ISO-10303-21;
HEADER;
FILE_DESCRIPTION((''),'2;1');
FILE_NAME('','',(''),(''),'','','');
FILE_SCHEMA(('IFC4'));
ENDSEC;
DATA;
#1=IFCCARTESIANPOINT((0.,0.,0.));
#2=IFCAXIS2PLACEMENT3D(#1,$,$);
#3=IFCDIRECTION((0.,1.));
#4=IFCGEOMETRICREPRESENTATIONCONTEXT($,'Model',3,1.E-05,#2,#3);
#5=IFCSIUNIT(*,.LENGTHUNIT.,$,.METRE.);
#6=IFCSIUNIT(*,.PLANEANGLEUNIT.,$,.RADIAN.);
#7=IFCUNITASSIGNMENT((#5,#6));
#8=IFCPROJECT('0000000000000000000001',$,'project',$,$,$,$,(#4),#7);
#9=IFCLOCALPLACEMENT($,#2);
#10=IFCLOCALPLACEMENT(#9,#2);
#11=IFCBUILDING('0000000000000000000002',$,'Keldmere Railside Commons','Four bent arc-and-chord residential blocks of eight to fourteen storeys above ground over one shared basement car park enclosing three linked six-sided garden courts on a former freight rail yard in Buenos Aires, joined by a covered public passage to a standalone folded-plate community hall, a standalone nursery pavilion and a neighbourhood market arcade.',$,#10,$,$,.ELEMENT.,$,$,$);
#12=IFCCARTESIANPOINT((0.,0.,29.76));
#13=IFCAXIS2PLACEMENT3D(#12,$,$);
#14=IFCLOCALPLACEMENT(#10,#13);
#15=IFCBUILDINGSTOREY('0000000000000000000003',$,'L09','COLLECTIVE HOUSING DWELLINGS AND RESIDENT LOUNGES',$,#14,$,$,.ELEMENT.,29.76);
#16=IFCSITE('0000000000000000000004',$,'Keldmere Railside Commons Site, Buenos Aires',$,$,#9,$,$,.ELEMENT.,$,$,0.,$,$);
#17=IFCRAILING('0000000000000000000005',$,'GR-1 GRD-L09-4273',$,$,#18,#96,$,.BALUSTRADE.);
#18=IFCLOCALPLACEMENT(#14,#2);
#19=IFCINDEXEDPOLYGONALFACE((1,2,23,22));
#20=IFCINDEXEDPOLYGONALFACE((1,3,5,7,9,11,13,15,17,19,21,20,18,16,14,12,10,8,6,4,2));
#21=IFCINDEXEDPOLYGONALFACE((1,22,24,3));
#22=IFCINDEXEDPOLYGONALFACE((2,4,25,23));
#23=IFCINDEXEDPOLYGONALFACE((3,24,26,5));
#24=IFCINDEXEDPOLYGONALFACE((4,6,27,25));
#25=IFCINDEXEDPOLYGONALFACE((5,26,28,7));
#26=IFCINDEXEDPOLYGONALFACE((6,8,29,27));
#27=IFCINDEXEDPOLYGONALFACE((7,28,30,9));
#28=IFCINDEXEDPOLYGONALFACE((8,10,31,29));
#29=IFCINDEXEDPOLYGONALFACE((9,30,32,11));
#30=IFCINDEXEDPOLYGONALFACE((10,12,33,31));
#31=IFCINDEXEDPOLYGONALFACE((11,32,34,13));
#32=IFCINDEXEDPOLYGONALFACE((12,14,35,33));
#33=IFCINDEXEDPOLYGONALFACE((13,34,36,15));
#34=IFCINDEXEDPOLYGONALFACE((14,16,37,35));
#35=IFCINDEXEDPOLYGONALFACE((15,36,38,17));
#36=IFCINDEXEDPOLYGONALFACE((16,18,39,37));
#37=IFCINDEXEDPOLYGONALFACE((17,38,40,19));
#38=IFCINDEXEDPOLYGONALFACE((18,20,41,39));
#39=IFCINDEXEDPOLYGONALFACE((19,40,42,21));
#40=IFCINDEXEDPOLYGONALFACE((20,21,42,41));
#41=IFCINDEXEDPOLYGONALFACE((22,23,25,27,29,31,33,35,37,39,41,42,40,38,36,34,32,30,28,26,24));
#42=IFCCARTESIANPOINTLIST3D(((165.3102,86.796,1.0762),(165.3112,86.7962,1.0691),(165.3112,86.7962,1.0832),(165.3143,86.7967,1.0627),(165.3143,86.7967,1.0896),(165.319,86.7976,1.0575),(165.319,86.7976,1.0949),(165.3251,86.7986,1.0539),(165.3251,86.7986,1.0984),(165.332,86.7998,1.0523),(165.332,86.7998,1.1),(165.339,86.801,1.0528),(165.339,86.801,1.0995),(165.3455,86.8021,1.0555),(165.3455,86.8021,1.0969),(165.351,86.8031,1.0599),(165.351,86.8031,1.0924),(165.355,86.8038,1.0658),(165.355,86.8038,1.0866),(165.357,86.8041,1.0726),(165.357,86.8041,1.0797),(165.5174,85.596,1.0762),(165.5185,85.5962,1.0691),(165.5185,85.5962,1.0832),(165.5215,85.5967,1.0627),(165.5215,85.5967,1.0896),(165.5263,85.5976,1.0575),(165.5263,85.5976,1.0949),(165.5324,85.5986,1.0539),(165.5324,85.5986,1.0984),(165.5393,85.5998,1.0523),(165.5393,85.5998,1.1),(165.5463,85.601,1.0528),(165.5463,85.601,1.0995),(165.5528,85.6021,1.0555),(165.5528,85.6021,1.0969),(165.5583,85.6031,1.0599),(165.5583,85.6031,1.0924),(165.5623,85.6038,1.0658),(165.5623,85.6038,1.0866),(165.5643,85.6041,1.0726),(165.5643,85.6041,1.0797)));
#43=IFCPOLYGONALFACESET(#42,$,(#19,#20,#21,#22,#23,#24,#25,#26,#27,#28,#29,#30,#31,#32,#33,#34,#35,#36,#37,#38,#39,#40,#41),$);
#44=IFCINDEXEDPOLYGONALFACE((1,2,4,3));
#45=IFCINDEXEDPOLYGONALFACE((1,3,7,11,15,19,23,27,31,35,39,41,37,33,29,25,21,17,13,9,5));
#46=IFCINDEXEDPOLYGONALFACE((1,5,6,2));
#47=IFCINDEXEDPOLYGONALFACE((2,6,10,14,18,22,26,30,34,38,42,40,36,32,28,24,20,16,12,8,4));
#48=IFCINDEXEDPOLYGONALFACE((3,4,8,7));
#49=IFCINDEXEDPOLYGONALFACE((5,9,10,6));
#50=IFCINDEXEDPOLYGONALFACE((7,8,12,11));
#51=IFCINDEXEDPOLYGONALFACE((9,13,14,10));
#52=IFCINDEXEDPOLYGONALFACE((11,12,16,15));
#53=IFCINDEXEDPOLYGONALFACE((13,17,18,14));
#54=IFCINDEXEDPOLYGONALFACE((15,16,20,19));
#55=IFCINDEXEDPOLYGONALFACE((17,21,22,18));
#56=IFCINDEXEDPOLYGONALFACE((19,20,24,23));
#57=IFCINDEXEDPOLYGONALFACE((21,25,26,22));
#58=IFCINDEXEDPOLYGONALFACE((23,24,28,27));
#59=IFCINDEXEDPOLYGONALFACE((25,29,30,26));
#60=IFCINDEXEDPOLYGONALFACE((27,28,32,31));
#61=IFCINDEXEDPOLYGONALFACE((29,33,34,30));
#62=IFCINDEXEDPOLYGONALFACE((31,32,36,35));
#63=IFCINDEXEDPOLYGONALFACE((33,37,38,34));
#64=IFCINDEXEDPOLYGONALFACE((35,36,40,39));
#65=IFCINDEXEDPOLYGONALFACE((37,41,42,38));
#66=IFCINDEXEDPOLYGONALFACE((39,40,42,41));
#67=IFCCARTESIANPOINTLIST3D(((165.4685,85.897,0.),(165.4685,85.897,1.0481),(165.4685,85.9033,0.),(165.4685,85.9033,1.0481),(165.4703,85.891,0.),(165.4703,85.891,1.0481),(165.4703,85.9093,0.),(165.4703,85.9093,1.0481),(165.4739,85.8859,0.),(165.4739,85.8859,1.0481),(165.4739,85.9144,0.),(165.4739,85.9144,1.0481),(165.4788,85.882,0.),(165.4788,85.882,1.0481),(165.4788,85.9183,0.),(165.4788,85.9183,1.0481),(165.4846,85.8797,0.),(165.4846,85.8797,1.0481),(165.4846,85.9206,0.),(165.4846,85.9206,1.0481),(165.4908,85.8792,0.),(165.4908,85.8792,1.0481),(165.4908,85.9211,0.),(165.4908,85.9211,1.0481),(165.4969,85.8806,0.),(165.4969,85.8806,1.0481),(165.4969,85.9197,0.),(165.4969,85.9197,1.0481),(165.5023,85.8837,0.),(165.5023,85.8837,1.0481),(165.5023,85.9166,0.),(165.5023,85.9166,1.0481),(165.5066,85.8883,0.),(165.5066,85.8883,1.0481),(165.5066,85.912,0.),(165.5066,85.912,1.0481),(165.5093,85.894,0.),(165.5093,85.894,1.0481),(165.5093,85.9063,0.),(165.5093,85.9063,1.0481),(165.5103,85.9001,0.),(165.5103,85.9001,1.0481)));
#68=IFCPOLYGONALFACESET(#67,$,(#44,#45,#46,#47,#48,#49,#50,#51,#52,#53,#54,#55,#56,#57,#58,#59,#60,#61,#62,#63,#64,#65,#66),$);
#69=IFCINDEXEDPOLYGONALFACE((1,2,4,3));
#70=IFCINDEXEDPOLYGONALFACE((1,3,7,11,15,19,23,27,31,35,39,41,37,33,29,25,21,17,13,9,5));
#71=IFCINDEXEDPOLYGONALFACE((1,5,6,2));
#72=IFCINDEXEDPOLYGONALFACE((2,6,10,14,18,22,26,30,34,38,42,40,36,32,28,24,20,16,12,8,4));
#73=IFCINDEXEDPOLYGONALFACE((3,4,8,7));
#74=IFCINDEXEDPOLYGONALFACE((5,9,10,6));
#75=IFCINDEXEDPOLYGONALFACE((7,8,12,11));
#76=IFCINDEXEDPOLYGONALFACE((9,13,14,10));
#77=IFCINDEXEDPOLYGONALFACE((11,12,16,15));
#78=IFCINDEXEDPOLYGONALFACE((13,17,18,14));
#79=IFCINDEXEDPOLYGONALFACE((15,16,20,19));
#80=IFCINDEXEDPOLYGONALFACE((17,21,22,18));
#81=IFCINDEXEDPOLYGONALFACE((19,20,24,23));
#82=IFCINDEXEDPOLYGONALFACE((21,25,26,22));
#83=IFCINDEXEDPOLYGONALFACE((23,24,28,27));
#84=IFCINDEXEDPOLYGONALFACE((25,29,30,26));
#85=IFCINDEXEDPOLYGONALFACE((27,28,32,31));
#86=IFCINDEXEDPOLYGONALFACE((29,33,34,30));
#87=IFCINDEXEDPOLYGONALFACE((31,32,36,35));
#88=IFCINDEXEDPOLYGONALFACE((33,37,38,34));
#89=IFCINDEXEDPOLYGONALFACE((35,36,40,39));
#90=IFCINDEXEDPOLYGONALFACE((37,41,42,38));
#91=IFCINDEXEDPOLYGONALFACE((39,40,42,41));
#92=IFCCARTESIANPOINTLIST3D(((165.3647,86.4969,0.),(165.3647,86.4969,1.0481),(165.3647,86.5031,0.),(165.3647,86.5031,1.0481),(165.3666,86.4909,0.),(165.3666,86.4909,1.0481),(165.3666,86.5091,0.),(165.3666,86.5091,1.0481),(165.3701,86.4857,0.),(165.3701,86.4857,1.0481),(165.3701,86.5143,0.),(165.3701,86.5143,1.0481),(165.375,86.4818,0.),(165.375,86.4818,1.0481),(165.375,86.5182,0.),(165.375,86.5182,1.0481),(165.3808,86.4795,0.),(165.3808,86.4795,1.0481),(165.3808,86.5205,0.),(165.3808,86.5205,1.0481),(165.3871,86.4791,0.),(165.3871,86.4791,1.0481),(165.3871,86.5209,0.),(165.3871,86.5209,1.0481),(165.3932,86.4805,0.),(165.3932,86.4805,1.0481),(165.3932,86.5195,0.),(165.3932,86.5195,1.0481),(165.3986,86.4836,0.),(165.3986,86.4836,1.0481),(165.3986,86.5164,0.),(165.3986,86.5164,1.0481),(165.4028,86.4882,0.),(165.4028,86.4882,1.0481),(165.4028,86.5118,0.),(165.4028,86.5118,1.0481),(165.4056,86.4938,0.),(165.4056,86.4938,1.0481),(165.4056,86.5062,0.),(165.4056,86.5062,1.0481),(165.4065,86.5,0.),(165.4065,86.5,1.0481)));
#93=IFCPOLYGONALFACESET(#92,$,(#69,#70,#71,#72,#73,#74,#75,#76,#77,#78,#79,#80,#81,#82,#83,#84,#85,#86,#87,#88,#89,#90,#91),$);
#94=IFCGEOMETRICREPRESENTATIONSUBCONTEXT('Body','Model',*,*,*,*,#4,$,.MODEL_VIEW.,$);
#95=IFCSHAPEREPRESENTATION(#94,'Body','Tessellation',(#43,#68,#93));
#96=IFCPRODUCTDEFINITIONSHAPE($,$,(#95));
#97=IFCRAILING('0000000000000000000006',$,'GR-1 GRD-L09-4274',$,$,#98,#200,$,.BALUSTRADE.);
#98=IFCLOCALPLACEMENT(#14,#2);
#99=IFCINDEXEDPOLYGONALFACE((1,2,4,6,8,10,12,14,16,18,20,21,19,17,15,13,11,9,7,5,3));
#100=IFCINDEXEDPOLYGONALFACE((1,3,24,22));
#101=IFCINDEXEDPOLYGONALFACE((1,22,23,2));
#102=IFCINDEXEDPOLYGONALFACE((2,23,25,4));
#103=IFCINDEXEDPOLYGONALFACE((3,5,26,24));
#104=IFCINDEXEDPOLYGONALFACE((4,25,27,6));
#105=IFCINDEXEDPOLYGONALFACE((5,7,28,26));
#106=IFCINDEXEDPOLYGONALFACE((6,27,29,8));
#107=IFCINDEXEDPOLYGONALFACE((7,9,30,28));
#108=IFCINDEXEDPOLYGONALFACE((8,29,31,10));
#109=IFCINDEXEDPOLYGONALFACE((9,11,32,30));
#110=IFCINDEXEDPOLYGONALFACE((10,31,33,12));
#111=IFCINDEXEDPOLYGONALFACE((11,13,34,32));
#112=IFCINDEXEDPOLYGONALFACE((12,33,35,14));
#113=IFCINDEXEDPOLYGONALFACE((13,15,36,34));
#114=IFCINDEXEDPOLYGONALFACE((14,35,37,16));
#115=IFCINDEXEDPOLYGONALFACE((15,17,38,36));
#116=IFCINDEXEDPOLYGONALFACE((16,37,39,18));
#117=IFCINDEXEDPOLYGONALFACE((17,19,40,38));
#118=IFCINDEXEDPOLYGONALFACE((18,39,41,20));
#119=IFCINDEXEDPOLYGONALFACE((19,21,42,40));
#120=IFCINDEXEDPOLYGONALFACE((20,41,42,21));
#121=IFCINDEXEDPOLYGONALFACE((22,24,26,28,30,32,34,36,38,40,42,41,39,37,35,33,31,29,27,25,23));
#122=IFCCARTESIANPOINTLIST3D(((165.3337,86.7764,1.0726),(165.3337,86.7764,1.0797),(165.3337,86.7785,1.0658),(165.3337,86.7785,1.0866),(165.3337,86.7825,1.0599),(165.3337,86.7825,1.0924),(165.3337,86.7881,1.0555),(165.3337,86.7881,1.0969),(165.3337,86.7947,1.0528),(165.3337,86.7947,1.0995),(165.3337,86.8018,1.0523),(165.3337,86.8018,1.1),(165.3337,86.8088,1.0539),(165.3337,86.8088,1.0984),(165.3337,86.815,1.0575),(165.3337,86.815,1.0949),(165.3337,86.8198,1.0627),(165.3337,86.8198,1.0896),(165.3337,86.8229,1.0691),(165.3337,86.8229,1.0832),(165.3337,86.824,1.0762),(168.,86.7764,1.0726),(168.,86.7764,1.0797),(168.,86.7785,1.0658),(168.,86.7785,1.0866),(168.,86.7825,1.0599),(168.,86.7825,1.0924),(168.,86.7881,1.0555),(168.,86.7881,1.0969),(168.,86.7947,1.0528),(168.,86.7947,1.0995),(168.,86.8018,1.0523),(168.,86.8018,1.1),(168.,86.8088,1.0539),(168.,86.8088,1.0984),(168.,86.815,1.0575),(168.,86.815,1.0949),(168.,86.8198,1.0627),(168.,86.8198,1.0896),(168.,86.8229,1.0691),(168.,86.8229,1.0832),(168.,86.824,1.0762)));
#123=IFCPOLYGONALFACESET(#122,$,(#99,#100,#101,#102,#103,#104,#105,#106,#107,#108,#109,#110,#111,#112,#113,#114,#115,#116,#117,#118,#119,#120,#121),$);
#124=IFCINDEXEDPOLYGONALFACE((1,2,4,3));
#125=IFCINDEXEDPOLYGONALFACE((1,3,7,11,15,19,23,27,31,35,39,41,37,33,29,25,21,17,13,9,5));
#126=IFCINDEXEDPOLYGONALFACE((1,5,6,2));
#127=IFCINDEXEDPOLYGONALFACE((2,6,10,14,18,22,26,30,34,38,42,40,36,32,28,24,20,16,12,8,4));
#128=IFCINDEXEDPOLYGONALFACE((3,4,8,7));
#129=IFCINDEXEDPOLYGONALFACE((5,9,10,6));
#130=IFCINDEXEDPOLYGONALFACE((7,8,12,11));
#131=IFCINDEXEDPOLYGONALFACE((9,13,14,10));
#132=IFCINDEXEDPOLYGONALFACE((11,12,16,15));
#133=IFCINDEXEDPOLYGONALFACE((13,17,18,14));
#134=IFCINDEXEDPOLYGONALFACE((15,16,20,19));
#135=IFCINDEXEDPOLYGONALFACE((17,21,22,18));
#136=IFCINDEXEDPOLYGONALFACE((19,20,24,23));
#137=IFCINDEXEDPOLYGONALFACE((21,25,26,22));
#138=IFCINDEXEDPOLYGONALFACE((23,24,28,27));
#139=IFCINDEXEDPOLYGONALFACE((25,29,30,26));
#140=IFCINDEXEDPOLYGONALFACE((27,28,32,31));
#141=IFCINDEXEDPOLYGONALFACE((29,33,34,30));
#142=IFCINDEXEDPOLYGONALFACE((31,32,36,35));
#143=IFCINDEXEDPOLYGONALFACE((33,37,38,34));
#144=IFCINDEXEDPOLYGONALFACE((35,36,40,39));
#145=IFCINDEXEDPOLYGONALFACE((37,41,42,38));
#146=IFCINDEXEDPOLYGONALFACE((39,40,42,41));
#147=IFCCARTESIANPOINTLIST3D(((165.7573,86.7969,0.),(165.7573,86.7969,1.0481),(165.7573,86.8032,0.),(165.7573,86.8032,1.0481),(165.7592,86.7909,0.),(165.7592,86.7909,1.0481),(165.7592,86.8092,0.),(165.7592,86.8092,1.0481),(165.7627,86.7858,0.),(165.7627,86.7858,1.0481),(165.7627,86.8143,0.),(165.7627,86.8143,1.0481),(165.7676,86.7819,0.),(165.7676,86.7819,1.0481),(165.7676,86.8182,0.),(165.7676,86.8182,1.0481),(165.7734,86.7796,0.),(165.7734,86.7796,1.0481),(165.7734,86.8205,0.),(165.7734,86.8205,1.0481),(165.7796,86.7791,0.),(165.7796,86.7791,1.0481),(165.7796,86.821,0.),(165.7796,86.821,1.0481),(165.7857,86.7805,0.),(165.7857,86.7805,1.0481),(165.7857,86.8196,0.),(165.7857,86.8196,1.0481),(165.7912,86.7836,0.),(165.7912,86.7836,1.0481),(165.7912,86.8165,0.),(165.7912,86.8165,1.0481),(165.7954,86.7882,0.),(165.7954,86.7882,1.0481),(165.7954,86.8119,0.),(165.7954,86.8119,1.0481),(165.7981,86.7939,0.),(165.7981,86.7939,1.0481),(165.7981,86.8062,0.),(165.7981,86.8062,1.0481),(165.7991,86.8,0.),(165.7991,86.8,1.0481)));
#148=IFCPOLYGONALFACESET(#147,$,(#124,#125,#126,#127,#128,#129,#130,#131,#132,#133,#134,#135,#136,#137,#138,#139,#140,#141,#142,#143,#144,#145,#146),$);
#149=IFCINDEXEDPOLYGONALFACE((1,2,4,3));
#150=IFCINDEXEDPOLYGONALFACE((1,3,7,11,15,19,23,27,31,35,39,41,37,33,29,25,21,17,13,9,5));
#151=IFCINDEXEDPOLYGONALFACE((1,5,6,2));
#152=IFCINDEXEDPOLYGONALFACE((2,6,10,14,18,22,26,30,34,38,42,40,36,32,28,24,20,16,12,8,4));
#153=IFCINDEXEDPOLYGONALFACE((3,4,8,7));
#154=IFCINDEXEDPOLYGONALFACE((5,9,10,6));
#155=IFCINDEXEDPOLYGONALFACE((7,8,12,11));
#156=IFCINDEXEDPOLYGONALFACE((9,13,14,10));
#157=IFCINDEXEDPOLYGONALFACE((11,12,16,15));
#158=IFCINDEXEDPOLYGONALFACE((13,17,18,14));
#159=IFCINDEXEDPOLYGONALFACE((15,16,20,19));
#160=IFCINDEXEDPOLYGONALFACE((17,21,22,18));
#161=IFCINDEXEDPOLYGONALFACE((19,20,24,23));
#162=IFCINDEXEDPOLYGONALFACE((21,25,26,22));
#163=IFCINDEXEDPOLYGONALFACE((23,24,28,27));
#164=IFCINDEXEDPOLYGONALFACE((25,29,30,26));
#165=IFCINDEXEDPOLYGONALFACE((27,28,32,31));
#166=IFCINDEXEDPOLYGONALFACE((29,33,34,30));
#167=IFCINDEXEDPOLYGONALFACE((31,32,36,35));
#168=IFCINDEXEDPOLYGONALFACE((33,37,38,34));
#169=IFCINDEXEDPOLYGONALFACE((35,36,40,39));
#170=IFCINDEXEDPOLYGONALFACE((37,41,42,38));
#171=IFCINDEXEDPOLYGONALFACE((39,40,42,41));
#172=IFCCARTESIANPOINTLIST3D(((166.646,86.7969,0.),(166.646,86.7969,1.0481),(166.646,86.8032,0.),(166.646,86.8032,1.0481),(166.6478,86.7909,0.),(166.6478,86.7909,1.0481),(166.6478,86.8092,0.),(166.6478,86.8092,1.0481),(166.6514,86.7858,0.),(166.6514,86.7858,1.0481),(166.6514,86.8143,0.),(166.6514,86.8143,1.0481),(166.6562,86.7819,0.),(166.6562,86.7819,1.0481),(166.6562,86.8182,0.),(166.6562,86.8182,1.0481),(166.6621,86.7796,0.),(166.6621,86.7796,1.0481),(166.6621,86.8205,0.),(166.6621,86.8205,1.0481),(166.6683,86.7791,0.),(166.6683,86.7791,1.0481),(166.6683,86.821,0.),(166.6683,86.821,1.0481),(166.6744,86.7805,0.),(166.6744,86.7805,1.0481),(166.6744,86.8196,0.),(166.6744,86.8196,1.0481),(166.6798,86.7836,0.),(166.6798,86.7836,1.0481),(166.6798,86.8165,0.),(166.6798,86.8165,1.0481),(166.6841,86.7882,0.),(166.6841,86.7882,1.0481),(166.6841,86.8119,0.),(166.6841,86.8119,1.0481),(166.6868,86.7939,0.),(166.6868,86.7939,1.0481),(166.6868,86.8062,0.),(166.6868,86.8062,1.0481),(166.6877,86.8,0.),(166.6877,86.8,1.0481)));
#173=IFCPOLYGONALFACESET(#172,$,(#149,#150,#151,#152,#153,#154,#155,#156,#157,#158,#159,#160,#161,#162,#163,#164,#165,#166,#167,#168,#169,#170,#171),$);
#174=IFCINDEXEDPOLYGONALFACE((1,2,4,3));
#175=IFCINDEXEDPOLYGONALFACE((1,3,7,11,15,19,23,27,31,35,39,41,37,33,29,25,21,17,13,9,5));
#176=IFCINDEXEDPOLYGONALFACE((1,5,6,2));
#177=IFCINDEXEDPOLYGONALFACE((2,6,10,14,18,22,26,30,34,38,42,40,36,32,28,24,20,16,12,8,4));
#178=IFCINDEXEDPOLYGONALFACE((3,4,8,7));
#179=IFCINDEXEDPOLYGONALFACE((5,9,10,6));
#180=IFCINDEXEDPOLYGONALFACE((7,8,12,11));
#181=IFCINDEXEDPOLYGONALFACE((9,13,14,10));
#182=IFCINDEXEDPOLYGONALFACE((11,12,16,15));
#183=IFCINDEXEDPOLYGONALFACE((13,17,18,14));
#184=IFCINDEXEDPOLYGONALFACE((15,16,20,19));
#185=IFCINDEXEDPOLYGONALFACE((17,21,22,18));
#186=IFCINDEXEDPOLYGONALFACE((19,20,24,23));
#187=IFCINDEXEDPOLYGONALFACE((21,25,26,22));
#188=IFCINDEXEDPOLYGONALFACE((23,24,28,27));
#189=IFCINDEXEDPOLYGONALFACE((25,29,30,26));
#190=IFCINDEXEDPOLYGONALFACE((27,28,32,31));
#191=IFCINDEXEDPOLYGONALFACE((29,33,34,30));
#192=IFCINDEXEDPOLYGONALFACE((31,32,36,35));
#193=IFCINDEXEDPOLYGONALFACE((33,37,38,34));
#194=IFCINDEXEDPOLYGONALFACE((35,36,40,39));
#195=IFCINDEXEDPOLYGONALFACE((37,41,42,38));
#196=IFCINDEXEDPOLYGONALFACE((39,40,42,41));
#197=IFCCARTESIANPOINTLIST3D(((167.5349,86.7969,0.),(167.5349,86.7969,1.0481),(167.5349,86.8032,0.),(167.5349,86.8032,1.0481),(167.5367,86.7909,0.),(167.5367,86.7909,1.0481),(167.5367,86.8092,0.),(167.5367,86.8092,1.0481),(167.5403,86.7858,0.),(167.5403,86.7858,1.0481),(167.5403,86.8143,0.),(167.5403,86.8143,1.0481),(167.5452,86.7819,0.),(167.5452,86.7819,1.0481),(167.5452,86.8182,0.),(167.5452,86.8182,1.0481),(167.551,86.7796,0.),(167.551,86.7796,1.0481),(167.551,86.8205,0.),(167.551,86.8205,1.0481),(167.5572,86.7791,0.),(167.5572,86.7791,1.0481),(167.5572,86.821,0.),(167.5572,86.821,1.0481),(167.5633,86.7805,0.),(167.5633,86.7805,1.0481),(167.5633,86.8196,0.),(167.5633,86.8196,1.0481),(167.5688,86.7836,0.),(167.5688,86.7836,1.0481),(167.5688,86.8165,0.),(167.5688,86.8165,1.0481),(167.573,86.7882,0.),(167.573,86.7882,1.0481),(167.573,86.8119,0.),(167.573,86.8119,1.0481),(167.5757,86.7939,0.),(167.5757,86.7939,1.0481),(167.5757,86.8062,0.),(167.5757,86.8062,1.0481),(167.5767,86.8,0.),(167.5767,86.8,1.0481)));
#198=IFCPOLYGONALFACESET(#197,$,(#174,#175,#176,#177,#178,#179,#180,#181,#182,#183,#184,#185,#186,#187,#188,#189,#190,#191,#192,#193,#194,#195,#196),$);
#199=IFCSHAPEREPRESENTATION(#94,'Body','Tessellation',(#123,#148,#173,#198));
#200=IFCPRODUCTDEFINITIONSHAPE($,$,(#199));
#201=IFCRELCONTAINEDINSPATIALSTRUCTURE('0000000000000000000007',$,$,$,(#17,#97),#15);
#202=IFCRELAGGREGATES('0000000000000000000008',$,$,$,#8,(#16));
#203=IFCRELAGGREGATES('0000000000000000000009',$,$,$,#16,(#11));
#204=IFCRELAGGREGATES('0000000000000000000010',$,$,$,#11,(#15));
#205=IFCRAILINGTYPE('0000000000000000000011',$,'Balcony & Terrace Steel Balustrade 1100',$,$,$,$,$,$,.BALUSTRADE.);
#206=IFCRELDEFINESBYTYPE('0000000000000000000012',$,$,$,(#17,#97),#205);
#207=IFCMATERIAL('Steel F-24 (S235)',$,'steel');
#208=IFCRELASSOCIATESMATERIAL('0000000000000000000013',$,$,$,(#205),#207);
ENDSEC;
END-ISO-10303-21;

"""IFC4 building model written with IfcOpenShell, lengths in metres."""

from ifc_helpers import new_model, si_unit, direction, frame, origin, origin_2d, place, context, subcontext, project, spatial, circle, extrude, material, type_object, element, save


model = new_model("IFC4")

# Units and contexts
model_context = context("Model", 3, precision=1e-05, world=origin(), true_north=direction((0.0, 1.0)))
body_context = subcontext(model_context, "Body", "Model", "MODEL_VIEW")
ifc_project = project(units=[si_unit("LENGTHUNIT", "METRE"), si_unit("PLANEANGLEUNIT", "RADIAN")], contexts=[model_context])

# Site, building, storey
site_placement = place(None, origin())
site = spatial("IfcSite", under=ifc_project, at=site_placement, Name="Keldmere Railside Commons Site, Buenos Aires", CompositionType="ELEMENT", RefElevation=0.0)
building_placement = place(site_placement, origin())
building = spatial("IfcBuilding", under=site, at=building_placement, Name="Keldmere Railside Commons", Description="Four bent arc-and-chord residential blocks of eight to fourteen storeys above ground over one shared basement car park enclosing three linked six-sided garden courts on a former freight rail yard in Buenos Aires, joined by a covered public passage to a standalone folded-plate community hall, a standalone nursery pavilion and a neighbourhood market arcade.", CompositionType="ELEMENT")
storey_placement = place(building_placement, frame((0.0, 0.0, 29.76)))
storey = spatial("IfcBuildingStorey", under=building, at=storey_placement, Name="L09", Description="COLLECTIVE HOUSING DWELLINGS AND RESIDENT LOUNGES", CompositionType="ELEMENT", Elevation=29.76)

# Railings
ifc_material_1 = material(Name="Steel F-24 (S235)", Category="steel")
railing_type = type_object("IfcRailingType", Name="Balcony & Terrace Steel Balustrade 1100", PredefinedType="BALUSTRADE", material=ifc_material_1)
railing_1_placement = place(storey_placement, frame((165.541, 85.6001, 0.0)))
element("IfcRailing", 1, at=railing_1_placement, inside=storey, type_object=railing_type, Name="GR-1 GRD-L09-4273", PredefinedType="BALUSTRADE", context=body_context, shape_type="SweptSolid", body=[
    extrude(circle(Radius=0.0239, at=origin_2d()), frame((0.0, 0.0, 1.0762), z_axis=(-0.170216, 0.985407, 0.0), x_axis=(-0.985407, -0.170216, 0.0)), (0.0, 0.0, 1.0), 1.2178),
    extrude(circle(Radius=0.021, at=origin_2d()), frame((-0.0518, 0.3, 0.0)), (0.0, 0.0, 1.0), 1.0481),
    extrude(circle(Radius=0.021, at=origin_2d()), frame((-0.1555, 0.8999, 0.0)), (0.0, 0.0, 1.0), 1.0481),
])
railing_2_placement = place(storey_placement, frame((165.3337, 86.8, 0.0)))
element("IfcRailing", 2, at=railing_2_placement, inside=storey, type_object=railing_type, Name="GR-1 GRD-L09-4274", PredefinedType="BALUSTRADE", context=body_context, shape_type="SweptSolid", body=[
    extrude(circle(Radius=0.0239, at=origin_2d()), frame((0.0, 0.0, 1.0762), z_axis=(1.0, 0.0, 0.0), x_axis=(0.0, 1.0, 0.0)), (0.0, 0.0, 1.0), 2.6663),
    extrude(circle(Radius=0.021, at=origin_2d()), frame((0.4443, 0.0, 0.0)), (0.0, 0.0, 1.0), 1.0481),
    extrude(circle(Radius=0.021, at=origin_2d()), frame((1.333, 0.0, 0.0)), (0.0, 0.0, 1.0), 1.0481),
    extrude(circle(Radius=0.021, at=origin_2d()), frame((2.2219, 0.0, 0.0)), (0.0, 0.0, 1.0), 1.0481),
])

save(model, "model.ifc")
